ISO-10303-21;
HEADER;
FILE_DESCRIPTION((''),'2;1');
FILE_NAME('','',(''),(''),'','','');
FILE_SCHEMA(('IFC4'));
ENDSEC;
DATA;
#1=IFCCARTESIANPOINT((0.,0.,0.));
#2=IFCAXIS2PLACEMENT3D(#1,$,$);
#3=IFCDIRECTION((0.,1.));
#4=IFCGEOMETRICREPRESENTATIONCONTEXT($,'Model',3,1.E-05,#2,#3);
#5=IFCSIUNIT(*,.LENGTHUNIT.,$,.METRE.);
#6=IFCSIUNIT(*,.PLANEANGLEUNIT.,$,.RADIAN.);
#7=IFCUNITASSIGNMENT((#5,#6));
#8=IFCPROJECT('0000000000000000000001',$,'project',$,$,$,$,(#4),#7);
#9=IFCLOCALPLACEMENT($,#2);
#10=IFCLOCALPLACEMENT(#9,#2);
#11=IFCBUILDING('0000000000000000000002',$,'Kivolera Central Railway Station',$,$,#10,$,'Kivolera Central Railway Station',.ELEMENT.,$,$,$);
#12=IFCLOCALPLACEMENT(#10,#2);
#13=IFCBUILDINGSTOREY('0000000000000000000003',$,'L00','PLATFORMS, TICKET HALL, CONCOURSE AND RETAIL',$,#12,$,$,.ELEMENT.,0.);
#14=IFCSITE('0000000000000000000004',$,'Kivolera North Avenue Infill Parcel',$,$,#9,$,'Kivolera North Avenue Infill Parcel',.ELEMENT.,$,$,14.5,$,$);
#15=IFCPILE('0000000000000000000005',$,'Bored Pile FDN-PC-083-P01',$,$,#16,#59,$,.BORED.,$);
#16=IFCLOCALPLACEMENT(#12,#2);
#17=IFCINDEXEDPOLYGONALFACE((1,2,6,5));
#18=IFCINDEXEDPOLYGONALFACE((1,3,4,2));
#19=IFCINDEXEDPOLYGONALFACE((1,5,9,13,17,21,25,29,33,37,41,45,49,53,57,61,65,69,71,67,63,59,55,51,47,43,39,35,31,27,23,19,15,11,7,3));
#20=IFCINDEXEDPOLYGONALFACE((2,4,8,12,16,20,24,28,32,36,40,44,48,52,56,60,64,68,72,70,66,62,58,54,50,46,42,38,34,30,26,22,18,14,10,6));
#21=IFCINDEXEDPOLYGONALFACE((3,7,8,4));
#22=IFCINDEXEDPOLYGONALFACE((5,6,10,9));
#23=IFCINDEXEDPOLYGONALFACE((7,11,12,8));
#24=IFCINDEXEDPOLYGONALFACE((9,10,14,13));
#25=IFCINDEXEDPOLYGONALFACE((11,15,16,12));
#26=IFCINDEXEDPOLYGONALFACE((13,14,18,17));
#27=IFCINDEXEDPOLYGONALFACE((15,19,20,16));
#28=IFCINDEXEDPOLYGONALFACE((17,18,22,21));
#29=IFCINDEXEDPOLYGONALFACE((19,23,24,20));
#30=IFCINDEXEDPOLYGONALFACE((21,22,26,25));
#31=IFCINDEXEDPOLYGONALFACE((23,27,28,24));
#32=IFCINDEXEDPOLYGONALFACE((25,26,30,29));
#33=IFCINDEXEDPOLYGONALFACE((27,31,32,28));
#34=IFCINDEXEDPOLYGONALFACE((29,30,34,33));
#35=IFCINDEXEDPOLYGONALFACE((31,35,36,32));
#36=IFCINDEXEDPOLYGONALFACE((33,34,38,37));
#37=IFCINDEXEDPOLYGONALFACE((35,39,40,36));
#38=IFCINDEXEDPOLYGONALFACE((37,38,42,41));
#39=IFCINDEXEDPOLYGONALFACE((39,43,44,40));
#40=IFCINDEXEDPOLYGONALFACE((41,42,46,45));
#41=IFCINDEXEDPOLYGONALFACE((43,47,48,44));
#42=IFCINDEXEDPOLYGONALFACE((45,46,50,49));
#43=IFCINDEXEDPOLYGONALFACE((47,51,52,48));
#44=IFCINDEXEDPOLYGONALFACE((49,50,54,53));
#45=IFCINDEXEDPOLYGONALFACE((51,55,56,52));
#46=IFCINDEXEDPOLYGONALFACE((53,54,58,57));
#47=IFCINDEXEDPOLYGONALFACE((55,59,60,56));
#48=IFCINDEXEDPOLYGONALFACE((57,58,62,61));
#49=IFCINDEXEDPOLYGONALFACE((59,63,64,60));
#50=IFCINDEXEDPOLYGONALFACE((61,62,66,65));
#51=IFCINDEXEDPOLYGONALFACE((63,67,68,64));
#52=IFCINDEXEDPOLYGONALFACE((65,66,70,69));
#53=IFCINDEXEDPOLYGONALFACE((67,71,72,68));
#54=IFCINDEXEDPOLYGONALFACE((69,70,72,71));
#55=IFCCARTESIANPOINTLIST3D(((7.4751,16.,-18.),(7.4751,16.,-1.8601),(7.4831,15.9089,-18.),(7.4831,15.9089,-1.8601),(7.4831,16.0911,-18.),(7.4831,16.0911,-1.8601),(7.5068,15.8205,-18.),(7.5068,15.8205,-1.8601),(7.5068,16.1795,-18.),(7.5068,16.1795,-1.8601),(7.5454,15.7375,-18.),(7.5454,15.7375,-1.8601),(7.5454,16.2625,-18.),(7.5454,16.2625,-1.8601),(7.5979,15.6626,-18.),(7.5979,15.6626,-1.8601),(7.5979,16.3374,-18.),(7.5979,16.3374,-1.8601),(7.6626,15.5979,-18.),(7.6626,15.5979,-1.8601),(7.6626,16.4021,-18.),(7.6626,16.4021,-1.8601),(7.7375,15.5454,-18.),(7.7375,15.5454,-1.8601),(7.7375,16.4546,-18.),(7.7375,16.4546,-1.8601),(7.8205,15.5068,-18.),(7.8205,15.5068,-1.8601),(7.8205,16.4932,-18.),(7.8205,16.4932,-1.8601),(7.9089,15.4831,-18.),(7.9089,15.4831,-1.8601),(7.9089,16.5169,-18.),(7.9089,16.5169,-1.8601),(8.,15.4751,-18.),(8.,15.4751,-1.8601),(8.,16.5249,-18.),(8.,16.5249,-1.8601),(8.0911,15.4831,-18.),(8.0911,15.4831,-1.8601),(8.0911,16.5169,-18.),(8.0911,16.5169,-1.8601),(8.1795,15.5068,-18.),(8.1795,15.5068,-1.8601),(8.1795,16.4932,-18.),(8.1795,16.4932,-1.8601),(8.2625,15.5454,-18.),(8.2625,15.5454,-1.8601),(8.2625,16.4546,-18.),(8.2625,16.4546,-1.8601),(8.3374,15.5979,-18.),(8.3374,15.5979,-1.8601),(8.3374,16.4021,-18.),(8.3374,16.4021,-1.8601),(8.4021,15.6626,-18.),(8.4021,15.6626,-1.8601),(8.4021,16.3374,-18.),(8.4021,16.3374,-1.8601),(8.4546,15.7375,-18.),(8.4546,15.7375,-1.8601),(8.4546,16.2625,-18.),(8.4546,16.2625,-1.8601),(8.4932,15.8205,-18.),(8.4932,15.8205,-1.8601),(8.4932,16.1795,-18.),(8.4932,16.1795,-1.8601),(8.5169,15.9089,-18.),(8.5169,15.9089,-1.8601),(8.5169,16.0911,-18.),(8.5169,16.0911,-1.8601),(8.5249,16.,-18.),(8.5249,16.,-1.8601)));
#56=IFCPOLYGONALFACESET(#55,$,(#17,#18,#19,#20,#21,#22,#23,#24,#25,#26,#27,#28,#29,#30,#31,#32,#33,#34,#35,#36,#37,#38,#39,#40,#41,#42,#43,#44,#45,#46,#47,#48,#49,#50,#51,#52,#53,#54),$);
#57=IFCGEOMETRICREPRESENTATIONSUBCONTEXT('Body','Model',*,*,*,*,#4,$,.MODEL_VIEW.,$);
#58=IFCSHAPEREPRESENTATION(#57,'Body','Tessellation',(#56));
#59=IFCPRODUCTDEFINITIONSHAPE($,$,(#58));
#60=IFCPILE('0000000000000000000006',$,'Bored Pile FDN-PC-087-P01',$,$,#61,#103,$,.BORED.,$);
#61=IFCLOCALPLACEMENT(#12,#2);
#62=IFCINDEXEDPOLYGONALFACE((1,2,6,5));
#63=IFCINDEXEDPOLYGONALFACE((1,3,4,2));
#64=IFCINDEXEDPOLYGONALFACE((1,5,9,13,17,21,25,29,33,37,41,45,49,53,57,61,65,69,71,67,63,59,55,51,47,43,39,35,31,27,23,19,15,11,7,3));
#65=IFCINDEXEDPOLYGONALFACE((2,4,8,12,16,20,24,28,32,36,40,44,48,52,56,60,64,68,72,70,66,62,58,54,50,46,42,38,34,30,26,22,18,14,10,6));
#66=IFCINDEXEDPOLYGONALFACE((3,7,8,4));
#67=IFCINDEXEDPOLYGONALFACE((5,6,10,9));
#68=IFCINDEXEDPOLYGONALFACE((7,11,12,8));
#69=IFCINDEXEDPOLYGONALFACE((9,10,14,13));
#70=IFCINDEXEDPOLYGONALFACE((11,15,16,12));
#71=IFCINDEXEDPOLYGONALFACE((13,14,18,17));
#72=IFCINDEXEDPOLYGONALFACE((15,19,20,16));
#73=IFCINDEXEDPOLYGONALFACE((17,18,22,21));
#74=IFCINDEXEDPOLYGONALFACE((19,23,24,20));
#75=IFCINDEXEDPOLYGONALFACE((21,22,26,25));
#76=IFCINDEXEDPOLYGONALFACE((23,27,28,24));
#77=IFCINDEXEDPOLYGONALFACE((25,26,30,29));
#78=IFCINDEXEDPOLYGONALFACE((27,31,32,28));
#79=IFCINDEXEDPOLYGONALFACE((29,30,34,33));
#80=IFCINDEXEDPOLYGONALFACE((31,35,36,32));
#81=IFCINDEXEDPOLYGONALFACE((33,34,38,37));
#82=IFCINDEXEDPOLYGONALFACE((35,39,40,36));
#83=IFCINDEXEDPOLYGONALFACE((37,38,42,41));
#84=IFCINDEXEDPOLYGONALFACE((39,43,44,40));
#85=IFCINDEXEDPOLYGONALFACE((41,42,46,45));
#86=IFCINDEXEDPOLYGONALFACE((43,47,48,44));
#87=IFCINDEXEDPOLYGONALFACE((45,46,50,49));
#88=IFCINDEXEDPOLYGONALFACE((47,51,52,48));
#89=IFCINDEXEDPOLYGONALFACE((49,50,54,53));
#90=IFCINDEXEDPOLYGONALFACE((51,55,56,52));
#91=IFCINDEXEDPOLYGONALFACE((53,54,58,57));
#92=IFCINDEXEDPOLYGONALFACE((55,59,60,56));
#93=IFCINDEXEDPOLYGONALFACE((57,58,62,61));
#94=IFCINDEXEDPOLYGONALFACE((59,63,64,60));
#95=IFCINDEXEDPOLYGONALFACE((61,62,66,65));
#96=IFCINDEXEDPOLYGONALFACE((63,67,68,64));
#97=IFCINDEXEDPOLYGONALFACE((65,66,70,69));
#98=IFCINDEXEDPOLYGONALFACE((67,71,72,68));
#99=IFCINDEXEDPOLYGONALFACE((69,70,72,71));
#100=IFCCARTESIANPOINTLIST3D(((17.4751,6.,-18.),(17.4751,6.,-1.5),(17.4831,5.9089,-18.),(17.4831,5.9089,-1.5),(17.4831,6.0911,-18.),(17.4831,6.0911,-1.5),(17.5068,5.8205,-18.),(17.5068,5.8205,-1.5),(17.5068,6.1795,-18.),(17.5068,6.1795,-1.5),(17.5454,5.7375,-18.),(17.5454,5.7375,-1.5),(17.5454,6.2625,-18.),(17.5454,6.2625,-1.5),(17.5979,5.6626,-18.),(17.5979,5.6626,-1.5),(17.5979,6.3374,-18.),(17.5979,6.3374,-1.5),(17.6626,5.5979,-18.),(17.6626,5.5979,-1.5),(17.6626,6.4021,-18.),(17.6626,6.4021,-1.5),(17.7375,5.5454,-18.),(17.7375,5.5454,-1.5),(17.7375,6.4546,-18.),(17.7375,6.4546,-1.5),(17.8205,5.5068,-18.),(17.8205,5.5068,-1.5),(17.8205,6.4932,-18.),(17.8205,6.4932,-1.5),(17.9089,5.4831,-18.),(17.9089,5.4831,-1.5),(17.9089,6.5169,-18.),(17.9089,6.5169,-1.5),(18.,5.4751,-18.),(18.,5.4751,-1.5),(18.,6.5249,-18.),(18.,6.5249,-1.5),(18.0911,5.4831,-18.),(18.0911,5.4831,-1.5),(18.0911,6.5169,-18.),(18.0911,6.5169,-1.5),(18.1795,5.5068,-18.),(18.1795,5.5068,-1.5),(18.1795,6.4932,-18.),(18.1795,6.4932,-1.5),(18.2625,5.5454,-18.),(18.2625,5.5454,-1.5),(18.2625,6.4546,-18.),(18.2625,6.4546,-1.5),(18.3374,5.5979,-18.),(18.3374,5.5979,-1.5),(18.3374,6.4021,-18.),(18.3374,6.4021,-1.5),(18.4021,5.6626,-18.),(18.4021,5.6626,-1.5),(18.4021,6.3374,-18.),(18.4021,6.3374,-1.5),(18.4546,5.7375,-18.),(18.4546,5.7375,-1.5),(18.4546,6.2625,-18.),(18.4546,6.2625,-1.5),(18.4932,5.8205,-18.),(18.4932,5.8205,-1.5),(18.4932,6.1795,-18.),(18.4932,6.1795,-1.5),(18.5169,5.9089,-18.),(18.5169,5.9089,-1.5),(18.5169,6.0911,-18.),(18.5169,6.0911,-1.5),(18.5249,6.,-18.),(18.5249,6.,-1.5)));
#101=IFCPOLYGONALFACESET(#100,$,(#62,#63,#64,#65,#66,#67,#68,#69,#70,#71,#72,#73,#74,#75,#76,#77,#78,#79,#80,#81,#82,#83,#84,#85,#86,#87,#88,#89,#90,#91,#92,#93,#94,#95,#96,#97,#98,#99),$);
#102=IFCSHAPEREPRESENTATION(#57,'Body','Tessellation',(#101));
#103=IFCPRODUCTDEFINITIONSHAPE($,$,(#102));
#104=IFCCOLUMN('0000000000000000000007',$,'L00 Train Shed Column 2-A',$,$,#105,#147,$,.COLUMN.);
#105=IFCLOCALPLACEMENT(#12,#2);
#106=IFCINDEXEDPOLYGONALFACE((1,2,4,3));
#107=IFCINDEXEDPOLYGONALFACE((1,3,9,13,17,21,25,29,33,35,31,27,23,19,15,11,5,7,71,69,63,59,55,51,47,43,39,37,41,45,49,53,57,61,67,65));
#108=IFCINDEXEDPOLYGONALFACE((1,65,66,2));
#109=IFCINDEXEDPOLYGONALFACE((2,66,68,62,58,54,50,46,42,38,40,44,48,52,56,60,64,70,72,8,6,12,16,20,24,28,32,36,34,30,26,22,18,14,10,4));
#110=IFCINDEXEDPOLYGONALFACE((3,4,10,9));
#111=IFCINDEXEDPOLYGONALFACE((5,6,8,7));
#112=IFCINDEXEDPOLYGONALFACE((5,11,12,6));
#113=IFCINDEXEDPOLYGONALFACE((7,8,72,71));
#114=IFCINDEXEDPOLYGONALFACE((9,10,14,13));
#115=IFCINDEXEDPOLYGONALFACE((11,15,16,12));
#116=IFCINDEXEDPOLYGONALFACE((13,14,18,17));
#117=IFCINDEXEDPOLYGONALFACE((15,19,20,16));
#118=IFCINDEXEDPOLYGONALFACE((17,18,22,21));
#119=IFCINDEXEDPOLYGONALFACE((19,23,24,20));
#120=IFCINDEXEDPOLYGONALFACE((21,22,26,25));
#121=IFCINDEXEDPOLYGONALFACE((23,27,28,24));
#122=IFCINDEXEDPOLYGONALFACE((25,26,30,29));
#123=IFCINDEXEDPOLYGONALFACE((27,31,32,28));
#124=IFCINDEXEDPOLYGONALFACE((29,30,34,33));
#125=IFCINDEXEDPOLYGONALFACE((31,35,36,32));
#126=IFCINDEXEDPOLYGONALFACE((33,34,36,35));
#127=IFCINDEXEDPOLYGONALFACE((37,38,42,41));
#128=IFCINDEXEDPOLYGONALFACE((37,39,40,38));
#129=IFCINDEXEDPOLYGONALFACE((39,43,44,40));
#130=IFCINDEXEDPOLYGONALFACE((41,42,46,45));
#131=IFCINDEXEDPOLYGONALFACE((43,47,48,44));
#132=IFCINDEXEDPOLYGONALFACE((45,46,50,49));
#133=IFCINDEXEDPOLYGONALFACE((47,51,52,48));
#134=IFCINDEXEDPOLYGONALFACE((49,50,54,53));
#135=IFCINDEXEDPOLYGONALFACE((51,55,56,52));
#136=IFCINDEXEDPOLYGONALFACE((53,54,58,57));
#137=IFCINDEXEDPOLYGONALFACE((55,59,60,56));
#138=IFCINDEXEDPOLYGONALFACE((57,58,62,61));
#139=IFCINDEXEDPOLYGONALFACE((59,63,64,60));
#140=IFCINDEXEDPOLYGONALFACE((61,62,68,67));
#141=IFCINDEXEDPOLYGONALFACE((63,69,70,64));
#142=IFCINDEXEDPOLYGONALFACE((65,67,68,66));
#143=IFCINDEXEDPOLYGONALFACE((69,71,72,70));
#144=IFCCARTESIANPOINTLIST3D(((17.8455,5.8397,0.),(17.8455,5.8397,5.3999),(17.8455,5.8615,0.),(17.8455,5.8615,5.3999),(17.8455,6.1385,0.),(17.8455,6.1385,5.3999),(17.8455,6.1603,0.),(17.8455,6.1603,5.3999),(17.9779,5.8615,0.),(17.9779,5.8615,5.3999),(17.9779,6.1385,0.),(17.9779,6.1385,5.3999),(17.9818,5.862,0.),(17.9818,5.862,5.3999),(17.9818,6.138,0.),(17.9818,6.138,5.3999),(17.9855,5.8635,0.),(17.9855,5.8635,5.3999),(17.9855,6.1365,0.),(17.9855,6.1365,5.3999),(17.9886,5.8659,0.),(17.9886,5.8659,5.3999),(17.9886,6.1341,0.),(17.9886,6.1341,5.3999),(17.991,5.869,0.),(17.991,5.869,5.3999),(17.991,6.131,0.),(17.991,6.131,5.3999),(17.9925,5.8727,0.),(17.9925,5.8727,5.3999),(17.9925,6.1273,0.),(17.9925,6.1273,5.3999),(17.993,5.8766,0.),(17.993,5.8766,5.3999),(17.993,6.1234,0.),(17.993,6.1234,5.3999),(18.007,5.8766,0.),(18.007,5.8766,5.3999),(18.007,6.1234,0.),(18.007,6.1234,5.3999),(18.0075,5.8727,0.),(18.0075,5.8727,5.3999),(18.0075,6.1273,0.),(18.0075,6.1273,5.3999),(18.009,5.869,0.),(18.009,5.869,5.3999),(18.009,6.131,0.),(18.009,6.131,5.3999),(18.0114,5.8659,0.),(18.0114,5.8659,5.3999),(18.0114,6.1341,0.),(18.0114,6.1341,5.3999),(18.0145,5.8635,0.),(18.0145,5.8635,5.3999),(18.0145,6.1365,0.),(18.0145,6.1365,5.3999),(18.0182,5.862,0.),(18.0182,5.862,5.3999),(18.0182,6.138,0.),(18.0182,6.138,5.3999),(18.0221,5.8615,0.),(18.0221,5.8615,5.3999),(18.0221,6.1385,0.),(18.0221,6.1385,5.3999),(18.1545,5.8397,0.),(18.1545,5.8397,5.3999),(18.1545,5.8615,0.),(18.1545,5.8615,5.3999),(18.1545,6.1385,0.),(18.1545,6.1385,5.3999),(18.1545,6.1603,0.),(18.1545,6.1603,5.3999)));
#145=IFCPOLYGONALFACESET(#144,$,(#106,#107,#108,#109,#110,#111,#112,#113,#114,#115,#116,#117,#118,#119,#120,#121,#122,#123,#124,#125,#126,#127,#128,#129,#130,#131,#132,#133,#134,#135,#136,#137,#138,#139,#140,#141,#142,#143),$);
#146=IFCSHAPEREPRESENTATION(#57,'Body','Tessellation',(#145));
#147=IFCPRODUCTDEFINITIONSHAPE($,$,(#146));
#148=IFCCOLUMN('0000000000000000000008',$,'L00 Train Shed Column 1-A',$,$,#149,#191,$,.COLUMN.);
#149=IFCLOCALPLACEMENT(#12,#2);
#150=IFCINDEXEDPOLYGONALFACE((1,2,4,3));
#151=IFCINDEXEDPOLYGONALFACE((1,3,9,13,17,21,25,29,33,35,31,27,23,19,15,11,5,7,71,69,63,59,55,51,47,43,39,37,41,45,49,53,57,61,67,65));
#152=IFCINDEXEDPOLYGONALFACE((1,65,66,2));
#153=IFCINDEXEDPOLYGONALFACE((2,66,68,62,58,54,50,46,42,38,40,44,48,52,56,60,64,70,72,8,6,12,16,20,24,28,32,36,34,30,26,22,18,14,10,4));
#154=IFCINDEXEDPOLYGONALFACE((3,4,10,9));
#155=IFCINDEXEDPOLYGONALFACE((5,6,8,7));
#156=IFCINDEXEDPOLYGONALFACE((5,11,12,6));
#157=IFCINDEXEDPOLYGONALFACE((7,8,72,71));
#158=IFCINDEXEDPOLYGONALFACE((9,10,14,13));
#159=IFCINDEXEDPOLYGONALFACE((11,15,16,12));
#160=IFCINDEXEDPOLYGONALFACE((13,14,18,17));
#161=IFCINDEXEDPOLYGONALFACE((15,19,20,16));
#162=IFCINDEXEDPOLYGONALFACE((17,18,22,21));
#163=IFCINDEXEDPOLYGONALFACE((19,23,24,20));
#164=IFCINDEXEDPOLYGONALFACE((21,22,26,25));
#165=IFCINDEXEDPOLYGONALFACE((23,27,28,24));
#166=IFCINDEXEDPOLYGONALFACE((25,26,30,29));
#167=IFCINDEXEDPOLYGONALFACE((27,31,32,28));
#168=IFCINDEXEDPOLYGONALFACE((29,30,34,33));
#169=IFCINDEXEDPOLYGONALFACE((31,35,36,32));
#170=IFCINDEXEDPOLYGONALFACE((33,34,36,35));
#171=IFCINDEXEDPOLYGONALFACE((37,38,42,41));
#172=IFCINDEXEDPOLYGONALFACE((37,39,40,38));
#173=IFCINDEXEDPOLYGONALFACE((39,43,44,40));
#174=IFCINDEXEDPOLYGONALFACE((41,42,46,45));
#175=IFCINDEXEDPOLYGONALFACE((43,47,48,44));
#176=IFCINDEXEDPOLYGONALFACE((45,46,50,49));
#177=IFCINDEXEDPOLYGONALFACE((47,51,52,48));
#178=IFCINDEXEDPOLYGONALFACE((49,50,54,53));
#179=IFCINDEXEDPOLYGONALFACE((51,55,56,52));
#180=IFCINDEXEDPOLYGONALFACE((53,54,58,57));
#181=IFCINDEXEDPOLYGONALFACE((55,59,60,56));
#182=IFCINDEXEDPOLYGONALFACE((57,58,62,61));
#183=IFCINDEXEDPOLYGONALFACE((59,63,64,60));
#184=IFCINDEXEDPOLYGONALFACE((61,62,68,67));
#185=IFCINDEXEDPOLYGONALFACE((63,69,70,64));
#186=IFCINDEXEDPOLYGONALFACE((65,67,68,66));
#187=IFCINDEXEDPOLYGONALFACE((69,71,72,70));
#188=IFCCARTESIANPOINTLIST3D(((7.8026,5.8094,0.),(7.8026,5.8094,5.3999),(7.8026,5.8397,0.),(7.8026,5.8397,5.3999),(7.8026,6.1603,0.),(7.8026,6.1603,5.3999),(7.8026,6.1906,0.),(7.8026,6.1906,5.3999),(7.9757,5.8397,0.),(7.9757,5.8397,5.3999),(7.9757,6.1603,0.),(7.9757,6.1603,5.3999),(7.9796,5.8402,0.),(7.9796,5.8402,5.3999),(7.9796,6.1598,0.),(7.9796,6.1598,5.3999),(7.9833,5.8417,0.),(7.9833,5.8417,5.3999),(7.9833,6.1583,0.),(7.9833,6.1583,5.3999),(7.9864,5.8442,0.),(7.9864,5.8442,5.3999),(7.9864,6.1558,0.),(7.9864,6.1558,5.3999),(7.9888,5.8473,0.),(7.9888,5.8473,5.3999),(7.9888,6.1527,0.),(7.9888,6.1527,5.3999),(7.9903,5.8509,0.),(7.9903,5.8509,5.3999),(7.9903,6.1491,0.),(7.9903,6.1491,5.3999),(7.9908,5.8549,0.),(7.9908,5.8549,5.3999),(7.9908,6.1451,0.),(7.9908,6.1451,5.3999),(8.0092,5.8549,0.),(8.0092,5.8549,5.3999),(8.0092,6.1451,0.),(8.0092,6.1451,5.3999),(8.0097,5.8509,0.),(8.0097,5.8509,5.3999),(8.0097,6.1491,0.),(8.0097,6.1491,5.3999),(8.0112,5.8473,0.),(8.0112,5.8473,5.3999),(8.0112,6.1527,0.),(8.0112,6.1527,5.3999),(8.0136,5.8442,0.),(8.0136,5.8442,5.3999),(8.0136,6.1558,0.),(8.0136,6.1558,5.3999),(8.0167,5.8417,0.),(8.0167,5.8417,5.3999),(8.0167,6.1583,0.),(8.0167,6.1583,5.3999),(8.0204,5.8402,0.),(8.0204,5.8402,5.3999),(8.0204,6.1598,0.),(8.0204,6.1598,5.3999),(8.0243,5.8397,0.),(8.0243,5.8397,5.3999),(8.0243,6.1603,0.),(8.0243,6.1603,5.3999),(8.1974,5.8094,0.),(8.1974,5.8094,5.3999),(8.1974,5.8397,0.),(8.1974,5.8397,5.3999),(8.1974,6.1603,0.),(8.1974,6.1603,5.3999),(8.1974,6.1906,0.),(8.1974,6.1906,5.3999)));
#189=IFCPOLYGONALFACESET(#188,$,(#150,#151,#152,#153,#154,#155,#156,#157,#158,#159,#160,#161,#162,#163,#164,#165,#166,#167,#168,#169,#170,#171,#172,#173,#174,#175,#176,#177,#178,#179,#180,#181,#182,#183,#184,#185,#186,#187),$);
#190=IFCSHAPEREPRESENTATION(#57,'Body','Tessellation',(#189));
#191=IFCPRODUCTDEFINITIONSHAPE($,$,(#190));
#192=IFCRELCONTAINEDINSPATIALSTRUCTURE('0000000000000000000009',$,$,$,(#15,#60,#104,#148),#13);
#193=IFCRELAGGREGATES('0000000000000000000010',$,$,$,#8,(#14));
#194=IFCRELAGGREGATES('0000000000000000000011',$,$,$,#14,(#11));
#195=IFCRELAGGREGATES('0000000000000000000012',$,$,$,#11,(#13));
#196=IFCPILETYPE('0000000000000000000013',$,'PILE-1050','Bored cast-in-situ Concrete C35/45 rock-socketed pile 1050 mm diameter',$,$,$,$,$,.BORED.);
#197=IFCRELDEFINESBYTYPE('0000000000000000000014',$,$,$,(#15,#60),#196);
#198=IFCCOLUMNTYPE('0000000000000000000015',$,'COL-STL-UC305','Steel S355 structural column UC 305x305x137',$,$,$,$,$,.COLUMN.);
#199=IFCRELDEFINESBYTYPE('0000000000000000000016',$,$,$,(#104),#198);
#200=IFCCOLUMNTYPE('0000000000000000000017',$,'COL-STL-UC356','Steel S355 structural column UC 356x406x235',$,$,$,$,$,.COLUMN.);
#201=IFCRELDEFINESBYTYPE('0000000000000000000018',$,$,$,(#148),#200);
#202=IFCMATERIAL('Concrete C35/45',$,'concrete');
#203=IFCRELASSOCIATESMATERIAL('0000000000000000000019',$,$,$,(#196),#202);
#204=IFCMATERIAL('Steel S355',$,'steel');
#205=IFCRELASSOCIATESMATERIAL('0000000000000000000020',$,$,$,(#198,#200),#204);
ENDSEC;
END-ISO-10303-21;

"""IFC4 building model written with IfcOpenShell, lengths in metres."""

from ifc_helpers import new_model, si_unit, direction, frame, origin, origin_2d, place, context, subcontext, project, spatial, circle, i_section, extrude, material, material_profile, profile_set, type_object, element, save


model = new_model("IFC4")

# Units and contexts
model_context = context("Model", 3, precision=1e-05, world=origin(), true_north=direction((0.0, 1.0)))
body_context = subcontext(model_context, "Body", "Model", "MODEL_VIEW")
ifc_project = project(units=[si_unit("LENGTHUNIT", "METRE"), si_unit("PLANEANGLEUNIT", "RADIAN")], contexts=[model_context])

# Site, building, storey
site_placement = place(None, origin())
site = spatial("IfcSite", under=ifc_project, at=site_placement, Name="Kivolera North Avenue Infill Parcel", LongName="Kivolera North Avenue Infill Parcel", CompositionType="ELEMENT", RefElevation=14.5)
building_placement = place(site_placement, origin())
building = spatial("IfcBuilding", under=site, at=building_placement, Name="Kivolera Central Railway Station", LongName="Kivolera Central Railway Station", CompositionType="ELEMENT")
storey_placement = place(building_placement, origin())
storey = spatial("IfcBuildingStorey", under=building, at=storey_placement, Name="L00", Description="PLATFORMS, TICKET HALL, CONCOURSE AND RETAIL", CompositionType="ELEMENT", Elevation=0.0)

# Shared definitions
ifc_material_1 = material(Name="Concrete C35/45", Category="concrete")

# Piles
ifc_material_profile_1 = material_profile(ifc_material_1, circle(Radius=0.5249, at=origin_2d()), Name="PILE D1050")
ifc_profile_set_1 = profile_set([ifc_material_profile_1], Name="Concrete C35/45")
pile_type = type_object("IfcPileType", Name="PILE-1050", Description="Bored cast-in-situ Concrete C35/45 rock-socketed pile 1050 mm diameter", PredefinedType="BORED", material=ifc_profile_set_1)
pile_1_placement = place(storey_placement, frame((8.0, 16.0, -1.8601), z_axis=(0.0, 0.0, -1.0), x_axis=(1.0, 0.0, 0.0)))
element("IfcPile", 1, at=pile_1_placement, inside=storey, type_object=pile_type, Name="Bored Pile FDN-PC-083-P01", PredefinedType="BORED", context=body_context, shape_type="SweptSolid", body=[
    extrude(circle(Radius=0.5249, at=origin_2d()), origin(), (0.0, 0.0, 1.0), 16.1399),
])
pile_2_placement = place(storey_placement, frame((18.0, 6.0, -1.5), z_axis=(0.0, 0.0, -1.0), x_axis=(1.0, 0.0, 0.0)))
element("IfcPile", 2, at=pile_2_placement, inside=storey, type_object=pile_type, Name="Bored Pile FDN-PC-087-P01", PredefinedType="BORED", context=body_context, shape_type="SweptSolid", body=[
    extrude(circle(Radius=0.5249, at=origin_2d()), origin(), (0.0, 0.0, 1.0), 16.5),
])

# Columns
ifc_material_2 = material(Name="Steel S355", Category="steel")
ifc_material_profile_2 = material_profile(ifc_material_2, i_section(OverallWidth=0.3091, OverallDepth=0.3206, WebThickness=0.0139, FlangeThickness=0.0217, FilletRadius=0.0151, at=origin_2d()), Name="UC 305x305x137")
ifc_profile_set_2 = profile_set([ifc_material_profile_2], Name="Steel S355")
column_type_1 = type_object("IfcColumnType", Name="COL-STL-UC305", Description="Steel S355 structural column UC 305x305x137", PredefinedType="COLUMN", material=ifc_profile_set_2)
column_placement = place(storey_placement, frame((18.0, 6.0, 0.0), z_axis=(0.0, 0.0, 1.0), x_axis=(1.0, 0.0, 0.0)))
element("IfcColumn", 3, at=column_placement, inside=storey, type_object=column_type_1, Name="L00 Train Shed Column 2-A", PredefinedType="COLUMN", context=body_context, shape_type="SweptSolid", body=[
    extrude(i_section(OverallWidth=0.3091, OverallDepth=0.3206, WebThickness=0.0139, FlangeThickness=0.0217, FilletRadius=0.0151, at=origin_2d()), origin(), (0.0, 0.0, 1.0), 5.3999),
])
ifc_material_profile_3 = material_profile(ifc_material_2, i_section(OverallWidth=0.3948, OverallDepth=0.3811, WebThickness=0.0183, FlangeThickness=0.0303, FilletRadius=0.0151, at=origin_2d()), Name="UC 356x406x235")
ifc_profile_set_3 = profile_set([ifc_material_profile_3], Name="Steel S355")
column_type_2 = type_object("IfcColumnType", Name="COL-STL-UC356", Description="Steel S355 structural column UC 356x406x235", PredefinedType="COLUMN", material=ifc_profile_set_3)
for number, where, z_axis, x_axis, name in (
    (4, (8.0, 6.0, 0.0), (0.0, 0.0, 1.0), (1.0, 0.0, 0.0), "L00 Train Shed Column 1-A"),
):
    element("IfcColumn", number, at=place(storey_placement, frame(where, z_axis=z_axis, x_axis=x_axis)), inside=storey, type_object=column_type_2, Name=name, PredefinedType="COLUMN", context=body_context, shape_type="SweptSolid", body=[
        extrude(i_section(OverallWidth=0.3948, OverallDepth=0.3811, WebThickness=0.0183, FlangeThickness=0.0303, FilletRadius=0.0151, at=origin_2d()), origin(), (0.0, 0.0, 1.0), 5.3999),
    ])

save(model, "model.ifc")
